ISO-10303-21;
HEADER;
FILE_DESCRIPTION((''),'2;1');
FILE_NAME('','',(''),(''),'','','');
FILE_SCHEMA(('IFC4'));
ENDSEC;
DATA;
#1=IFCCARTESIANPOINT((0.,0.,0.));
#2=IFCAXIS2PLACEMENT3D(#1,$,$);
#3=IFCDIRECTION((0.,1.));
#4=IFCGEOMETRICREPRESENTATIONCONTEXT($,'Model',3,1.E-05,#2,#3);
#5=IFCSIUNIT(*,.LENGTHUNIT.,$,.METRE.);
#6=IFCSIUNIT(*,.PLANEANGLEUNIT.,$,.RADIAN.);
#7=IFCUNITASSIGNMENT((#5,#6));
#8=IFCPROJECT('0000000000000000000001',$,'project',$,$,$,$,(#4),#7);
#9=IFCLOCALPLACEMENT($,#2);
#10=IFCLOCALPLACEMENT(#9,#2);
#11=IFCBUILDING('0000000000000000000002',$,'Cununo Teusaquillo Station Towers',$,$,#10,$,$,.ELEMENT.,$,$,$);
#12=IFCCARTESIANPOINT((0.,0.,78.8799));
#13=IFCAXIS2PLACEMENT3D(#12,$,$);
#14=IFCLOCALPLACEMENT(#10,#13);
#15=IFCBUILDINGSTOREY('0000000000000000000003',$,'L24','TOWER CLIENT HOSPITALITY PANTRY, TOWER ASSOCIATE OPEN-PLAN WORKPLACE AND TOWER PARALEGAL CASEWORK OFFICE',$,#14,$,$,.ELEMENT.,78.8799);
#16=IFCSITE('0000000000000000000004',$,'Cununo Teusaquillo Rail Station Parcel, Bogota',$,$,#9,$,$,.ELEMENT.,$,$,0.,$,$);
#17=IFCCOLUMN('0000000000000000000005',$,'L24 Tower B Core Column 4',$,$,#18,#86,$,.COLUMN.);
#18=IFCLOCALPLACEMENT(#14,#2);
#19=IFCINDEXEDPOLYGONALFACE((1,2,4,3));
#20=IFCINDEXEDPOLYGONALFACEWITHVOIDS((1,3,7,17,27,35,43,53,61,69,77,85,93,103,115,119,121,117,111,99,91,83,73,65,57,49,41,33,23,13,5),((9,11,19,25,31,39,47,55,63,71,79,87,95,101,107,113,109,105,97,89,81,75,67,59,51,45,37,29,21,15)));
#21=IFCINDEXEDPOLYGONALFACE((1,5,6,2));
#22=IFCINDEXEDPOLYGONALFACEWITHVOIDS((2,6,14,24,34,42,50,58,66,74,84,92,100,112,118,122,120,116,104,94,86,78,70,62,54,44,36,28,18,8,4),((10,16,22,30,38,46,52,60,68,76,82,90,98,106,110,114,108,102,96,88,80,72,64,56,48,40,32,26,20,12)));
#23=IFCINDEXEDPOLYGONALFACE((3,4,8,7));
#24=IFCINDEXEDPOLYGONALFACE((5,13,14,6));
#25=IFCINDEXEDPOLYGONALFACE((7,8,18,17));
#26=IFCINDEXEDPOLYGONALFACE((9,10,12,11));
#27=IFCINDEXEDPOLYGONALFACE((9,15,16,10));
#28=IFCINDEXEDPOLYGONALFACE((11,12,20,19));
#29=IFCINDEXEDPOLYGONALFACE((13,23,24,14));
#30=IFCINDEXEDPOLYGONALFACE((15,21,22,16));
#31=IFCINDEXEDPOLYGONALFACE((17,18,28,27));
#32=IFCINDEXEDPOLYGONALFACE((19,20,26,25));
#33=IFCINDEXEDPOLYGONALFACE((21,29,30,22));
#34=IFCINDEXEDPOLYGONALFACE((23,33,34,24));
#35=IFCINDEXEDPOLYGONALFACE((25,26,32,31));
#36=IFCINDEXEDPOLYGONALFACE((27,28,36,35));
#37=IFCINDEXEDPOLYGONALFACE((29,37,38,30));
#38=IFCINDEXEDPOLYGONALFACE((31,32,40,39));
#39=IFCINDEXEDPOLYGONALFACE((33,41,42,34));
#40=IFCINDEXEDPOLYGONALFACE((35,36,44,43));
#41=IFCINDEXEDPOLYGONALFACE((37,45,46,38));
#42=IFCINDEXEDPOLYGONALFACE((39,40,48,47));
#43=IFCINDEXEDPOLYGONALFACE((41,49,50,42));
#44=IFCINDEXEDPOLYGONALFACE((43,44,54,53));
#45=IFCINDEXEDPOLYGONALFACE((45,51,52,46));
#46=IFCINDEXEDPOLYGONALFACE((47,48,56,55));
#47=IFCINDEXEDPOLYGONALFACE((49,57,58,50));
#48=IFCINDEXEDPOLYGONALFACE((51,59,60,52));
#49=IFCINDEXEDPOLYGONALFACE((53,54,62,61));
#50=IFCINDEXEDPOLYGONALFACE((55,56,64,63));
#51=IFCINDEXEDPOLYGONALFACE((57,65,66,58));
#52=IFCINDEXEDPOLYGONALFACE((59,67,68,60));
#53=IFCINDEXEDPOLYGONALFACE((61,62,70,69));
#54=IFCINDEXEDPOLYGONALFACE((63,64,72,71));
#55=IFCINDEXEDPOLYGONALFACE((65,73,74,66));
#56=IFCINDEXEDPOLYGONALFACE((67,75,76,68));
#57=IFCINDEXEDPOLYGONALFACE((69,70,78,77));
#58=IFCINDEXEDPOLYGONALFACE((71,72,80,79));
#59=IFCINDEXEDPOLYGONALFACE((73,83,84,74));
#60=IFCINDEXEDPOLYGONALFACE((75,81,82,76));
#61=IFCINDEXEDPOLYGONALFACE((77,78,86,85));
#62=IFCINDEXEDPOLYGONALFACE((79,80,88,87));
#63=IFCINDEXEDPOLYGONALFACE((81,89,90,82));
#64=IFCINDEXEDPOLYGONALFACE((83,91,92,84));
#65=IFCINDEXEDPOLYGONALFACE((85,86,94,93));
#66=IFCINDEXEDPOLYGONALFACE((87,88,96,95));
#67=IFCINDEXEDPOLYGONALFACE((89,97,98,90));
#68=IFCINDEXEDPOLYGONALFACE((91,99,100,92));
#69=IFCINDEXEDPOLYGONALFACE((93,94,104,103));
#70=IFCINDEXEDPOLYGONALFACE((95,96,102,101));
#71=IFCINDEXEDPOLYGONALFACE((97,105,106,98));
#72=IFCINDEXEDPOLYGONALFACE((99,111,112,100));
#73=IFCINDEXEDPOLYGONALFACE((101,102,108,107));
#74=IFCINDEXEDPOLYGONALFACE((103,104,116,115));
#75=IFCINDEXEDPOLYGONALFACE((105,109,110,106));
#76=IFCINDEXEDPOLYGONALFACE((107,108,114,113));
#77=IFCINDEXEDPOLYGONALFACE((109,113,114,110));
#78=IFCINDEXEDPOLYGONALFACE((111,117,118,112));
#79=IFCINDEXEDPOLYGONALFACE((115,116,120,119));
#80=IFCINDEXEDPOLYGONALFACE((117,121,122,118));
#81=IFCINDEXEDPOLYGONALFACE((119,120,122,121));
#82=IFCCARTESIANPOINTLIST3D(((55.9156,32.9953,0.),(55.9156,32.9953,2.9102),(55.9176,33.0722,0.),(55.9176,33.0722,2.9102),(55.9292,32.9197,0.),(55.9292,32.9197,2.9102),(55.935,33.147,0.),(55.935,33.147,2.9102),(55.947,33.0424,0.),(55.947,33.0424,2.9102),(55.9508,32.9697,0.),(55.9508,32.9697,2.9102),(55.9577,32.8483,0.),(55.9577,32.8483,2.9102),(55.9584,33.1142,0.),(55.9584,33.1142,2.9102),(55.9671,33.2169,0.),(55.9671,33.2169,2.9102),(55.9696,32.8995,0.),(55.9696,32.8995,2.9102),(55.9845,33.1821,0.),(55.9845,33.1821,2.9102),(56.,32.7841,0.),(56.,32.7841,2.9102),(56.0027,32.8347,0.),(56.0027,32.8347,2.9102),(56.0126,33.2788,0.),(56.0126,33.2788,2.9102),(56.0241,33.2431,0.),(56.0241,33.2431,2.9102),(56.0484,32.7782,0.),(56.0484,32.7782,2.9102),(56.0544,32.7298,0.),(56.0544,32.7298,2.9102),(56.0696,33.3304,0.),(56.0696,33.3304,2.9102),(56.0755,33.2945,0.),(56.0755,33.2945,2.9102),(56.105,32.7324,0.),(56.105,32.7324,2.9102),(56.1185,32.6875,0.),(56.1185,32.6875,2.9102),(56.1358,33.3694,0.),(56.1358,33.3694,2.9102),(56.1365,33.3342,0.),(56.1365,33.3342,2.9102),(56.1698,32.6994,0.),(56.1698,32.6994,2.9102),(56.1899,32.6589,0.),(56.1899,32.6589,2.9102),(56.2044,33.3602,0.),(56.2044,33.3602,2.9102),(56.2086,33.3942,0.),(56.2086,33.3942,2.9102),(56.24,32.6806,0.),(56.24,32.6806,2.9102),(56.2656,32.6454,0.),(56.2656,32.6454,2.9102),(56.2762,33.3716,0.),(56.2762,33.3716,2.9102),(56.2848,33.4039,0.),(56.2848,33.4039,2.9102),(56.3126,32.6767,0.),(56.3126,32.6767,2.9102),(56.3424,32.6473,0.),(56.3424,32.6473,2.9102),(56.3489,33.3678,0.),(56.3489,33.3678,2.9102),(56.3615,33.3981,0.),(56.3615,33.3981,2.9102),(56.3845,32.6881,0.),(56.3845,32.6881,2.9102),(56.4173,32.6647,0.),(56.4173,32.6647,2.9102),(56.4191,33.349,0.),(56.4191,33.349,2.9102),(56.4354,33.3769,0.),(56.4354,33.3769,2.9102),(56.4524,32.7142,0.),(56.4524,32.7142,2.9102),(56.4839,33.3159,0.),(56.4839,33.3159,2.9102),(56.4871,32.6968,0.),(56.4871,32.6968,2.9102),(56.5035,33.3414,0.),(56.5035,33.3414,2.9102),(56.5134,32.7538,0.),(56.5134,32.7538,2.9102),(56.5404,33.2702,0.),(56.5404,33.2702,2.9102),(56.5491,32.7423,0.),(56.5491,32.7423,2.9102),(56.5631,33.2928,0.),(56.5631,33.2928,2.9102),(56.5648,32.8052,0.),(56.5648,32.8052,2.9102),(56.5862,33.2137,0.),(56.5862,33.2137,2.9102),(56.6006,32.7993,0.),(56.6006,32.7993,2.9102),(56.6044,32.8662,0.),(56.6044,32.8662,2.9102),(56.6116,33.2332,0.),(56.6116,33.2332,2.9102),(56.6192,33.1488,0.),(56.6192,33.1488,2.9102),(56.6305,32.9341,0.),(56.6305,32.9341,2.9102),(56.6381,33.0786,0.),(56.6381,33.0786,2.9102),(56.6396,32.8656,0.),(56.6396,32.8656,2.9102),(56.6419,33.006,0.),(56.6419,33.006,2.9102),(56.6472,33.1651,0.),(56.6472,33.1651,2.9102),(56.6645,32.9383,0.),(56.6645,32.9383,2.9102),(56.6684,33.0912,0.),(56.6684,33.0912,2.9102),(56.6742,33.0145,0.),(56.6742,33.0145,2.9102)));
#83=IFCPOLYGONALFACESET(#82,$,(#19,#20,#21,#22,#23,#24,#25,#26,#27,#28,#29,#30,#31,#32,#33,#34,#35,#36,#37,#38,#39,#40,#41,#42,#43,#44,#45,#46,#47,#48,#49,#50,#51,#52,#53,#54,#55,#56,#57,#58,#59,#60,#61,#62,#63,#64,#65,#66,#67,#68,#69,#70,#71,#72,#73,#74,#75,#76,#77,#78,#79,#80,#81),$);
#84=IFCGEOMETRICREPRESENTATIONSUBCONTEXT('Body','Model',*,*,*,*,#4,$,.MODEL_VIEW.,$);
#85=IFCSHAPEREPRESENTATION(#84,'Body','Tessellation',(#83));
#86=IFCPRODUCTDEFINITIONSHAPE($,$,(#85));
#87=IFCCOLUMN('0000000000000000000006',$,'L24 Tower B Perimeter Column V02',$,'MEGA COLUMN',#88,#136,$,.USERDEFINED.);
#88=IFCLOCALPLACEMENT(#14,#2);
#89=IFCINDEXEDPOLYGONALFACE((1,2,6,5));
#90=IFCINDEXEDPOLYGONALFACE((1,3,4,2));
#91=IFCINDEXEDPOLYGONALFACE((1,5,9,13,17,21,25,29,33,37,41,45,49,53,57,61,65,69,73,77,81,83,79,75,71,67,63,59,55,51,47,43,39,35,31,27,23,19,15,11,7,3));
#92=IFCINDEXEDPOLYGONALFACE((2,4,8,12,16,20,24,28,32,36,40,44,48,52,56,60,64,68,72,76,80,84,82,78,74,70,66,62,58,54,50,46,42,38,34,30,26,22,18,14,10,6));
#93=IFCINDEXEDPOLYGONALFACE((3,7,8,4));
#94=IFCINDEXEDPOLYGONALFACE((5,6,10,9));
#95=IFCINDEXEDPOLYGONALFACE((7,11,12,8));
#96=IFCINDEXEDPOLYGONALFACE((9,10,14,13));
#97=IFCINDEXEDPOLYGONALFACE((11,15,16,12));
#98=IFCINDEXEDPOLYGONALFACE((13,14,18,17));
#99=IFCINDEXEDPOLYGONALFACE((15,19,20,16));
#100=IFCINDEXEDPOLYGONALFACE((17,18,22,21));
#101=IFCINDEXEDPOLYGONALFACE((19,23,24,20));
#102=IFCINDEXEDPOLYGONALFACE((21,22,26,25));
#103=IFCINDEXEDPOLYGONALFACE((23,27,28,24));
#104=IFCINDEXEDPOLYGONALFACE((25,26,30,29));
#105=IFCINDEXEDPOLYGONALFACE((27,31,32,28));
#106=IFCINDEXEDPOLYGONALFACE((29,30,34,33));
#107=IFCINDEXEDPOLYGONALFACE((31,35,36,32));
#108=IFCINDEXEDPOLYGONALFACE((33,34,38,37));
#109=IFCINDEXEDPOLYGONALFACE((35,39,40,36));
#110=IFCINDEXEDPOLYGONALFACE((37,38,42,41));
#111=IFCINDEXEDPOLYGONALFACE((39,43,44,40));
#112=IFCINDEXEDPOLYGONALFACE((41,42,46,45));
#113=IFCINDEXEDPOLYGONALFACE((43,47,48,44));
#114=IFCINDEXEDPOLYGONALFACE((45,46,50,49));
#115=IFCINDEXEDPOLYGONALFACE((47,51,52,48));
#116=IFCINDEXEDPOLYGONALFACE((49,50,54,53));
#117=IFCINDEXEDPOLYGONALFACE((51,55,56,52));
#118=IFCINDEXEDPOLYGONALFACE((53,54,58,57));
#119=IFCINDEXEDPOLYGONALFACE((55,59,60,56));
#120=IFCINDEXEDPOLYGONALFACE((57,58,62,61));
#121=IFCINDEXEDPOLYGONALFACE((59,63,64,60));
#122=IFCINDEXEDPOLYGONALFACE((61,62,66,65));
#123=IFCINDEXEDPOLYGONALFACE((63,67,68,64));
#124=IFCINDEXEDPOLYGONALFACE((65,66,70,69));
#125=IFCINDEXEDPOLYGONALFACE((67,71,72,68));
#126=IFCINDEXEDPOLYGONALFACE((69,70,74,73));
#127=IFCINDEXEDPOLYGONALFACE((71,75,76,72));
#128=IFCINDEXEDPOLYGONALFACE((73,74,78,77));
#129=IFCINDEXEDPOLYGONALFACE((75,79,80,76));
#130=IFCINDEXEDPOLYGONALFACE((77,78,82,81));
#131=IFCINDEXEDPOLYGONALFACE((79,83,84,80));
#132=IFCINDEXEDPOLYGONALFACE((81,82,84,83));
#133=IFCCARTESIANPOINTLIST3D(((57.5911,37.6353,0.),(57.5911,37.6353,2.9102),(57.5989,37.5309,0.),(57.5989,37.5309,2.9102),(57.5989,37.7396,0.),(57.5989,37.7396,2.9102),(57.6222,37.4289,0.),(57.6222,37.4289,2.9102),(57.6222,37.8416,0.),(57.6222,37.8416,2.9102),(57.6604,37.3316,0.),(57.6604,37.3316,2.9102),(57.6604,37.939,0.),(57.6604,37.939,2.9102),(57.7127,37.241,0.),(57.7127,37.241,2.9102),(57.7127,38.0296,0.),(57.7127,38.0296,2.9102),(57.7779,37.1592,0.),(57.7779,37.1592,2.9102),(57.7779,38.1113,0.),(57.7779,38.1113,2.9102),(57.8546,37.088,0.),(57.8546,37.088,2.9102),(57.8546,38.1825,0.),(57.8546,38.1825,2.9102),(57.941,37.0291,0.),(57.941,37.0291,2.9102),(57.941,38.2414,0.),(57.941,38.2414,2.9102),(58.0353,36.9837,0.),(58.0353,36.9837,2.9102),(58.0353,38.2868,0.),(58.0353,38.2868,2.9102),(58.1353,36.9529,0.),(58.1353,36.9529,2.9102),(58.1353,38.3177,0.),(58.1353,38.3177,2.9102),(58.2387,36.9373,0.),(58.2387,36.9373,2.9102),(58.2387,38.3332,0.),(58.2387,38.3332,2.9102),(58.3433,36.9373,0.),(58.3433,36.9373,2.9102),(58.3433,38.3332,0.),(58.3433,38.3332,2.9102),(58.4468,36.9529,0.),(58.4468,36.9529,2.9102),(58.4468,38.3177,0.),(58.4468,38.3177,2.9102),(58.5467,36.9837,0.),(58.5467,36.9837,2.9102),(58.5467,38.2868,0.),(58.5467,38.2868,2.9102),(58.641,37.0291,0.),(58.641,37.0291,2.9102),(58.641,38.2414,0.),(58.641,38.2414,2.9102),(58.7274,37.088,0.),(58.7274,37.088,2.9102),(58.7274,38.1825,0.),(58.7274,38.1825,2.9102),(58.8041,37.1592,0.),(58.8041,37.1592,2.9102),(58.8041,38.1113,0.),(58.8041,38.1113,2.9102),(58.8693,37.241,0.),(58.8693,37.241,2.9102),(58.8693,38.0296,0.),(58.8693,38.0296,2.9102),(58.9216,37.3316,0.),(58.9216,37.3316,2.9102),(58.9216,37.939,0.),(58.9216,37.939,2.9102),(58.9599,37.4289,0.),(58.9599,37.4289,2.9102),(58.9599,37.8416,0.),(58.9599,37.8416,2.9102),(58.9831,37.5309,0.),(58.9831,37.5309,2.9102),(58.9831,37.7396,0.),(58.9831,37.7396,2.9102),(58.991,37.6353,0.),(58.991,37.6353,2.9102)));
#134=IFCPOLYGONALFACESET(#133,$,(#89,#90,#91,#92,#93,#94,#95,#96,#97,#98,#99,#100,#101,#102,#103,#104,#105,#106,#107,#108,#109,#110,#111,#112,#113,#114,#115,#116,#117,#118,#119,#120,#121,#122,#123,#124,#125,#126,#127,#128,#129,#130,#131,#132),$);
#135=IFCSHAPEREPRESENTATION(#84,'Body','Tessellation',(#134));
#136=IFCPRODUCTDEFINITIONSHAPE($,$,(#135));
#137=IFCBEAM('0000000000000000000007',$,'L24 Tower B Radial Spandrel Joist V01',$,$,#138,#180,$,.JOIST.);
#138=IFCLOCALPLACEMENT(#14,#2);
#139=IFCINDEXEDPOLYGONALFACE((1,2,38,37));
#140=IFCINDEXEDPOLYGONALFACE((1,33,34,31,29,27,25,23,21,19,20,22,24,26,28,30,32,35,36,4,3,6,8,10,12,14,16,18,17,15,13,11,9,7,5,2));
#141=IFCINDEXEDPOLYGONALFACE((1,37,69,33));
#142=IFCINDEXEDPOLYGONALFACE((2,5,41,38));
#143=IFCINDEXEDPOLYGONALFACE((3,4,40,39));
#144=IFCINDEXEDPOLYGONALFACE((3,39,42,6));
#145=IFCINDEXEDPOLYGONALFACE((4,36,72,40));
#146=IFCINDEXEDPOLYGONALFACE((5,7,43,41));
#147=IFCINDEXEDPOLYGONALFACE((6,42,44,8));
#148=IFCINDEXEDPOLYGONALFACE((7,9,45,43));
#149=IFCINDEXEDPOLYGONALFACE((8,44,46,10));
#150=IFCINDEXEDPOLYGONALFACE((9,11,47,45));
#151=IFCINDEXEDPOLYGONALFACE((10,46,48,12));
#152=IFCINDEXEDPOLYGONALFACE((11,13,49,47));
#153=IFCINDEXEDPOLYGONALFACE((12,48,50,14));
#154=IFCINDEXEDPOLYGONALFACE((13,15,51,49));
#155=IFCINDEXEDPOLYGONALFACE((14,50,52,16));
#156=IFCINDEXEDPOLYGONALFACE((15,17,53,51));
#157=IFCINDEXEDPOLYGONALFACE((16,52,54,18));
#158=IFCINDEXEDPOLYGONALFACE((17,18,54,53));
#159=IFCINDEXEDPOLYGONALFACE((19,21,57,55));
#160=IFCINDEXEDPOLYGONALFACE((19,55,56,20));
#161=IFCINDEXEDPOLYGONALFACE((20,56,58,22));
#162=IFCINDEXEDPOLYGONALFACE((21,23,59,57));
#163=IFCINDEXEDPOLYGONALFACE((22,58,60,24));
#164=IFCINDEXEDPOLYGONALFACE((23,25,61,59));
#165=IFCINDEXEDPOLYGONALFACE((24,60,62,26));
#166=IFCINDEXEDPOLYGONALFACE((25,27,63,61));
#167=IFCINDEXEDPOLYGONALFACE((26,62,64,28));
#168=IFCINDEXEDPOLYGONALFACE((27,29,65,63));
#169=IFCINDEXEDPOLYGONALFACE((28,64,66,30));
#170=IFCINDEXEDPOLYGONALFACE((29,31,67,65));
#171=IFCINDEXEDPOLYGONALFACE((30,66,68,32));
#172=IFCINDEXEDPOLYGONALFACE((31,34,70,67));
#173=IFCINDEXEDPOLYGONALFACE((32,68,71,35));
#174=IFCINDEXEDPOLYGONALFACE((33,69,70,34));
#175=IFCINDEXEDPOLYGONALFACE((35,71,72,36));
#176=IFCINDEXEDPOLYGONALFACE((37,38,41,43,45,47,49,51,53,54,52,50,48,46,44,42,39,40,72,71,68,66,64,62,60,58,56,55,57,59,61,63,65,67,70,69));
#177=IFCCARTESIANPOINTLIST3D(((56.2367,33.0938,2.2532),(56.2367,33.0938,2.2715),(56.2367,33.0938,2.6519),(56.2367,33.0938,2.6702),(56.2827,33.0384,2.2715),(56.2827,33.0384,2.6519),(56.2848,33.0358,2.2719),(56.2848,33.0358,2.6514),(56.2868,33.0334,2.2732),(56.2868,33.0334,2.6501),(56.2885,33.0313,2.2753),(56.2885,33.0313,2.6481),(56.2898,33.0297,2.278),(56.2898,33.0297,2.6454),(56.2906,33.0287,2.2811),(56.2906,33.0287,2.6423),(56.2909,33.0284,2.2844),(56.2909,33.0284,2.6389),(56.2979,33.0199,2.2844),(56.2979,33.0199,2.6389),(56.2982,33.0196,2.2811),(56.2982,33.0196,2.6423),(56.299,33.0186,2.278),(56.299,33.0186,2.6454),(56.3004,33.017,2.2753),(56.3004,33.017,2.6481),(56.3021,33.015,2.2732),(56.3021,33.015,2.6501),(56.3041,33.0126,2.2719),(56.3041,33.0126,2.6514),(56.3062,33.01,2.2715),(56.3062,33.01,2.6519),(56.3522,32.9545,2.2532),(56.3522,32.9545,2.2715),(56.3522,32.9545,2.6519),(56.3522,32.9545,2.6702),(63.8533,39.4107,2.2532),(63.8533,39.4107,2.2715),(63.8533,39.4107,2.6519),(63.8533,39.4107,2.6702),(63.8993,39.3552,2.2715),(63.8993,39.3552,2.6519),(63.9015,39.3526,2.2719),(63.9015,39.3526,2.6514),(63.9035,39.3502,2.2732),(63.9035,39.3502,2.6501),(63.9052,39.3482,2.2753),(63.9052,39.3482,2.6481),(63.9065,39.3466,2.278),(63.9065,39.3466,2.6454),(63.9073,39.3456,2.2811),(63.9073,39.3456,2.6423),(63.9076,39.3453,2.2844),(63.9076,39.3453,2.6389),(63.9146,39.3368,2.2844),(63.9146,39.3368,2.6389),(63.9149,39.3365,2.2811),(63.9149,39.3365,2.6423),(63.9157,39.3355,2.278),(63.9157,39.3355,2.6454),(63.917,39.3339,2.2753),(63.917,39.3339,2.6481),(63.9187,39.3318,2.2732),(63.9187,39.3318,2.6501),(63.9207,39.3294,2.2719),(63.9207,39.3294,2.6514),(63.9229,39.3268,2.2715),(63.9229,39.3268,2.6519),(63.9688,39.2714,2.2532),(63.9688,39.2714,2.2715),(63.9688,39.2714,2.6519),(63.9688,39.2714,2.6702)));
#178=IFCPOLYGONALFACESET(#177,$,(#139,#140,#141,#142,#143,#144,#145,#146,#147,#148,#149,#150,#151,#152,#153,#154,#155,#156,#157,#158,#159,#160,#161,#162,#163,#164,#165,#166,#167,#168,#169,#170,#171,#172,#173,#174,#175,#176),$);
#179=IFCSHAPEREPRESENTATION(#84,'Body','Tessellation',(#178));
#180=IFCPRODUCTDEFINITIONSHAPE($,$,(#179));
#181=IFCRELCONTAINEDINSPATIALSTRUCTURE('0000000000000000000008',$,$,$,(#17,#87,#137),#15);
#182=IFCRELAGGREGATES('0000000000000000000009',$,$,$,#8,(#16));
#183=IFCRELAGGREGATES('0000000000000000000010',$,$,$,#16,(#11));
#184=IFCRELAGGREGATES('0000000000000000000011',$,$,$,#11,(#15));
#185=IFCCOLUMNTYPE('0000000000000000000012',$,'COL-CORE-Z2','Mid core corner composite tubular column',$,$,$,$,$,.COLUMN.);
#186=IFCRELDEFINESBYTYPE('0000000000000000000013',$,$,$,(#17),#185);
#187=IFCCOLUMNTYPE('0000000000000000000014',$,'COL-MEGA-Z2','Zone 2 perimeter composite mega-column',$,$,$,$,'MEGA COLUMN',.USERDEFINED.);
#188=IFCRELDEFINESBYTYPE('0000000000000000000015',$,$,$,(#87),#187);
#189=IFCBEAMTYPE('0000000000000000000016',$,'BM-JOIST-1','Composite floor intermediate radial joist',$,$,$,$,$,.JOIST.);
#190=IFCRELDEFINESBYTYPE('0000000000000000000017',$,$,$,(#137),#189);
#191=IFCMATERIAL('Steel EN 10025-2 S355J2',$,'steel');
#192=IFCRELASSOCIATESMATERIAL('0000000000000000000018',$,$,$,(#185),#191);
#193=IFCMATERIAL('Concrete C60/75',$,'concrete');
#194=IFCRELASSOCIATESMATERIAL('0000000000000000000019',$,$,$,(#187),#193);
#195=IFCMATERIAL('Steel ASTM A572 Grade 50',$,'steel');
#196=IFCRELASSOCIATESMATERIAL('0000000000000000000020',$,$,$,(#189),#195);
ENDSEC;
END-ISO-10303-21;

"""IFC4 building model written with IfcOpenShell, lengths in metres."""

from ifc_helpers import new_model, si_unit, direction, frame, origin, origin_2d, place, context, subcontext, project, spatial, circle, hollow_circle, i_section, extrude, material, material_profile, profile_set, type_object, element, save


model = new_model("IFC4")

# Units and contexts
model_context = context("Model", 3, precision=1e-05, world=origin(), true_north=direction((0.0, 1.0)))
body_context = subcontext(model_context, "Body", "Model", "MODEL_VIEW")
ifc_project = project(units=[si_unit("LENGTHUNIT", "METRE"), si_unit("PLANEANGLEUNIT", "RADIAN")], contexts=[model_context])

# Site, building, storey
site_placement = place(None, origin())
site = spatial("IfcSite", under=ifc_project, at=site_placement, Name="Cununo Teusaquillo Rail Station Parcel, Bogota", CompositionType="ELEMENT", RefElevation=0.0)
building_placement = place(site_placement, origin())
building = spatial("IfcBuilding", under=site, at=building_placement, Name="Cununo Teusaquillo Station Towers", CompositionType="ELEMENT")
storey_placement = place(building_placement, frame((0.0, 0.0, 78.8799)))
storey = spatial("IfcBuildingStorey", under=building, at=storey_placement, Name="L24", Description="TOWER CLIENT HOSPITALITY PANTRY, TOWER ASSOCIATE OPEN-PLAN WORKPLACE AND TOWER PARALEGAL CASEWORK OFFICE", CompositionType="ELEMENT", Elevation=78.8799)

# Columns
ifc_material_1 = material(Name="Steel EN 10025-2 S355J2", Category="steel")
ifc_material_profile_1 = material_profile(ifc_material_1, hollow_circle(Radius=0.3799, WallThickness=0.032, at=origin_2d()), Name="CHS 760x32")
ifc_profile_set_1 = profile_set([ifc_material_profile_1], Name="Steel EN 10025-2 S355J2")
column_type_1 = type_object("IfcColumnType", Name="COL-CORE-Z2", Description="Mid core corner composite tubular column", PredefinedType="COLUMN", material=ifc_profile_set_1)
column_1_placement = place(storey_placement, frame((56.2944, 33.0242, 0.0), z_axis=(0.0, 0.0, 1.0), x_axis=(0.707107, 0.707107, 0.0)))
element("IfcColumn", 1, at=column_1_placement, inside=storey, type_object=column_type_1, Name="L24 Tower B Core Column 4", PredefinedType="COLUMN", context=body_context, shape_type="SweptSolid", body=[
    extrude(hollow_circle(Radius=0.3799, WallThickness=0.032, at=origin_2d()), origin(), (0.0, 0.0, 1.0), 2.9102),
])
ifc_material_2 = material(Name="Concrete C60/75", Category="concrete")
ifc_material_profile_2 = material_profile(ifc_material_2, circle(Radius=0.7, at=origin_2d()), Name="RC-CIRC-1400")
ifc_profile_set_2 = profile_set([ifc_material_profile_2], Name="Concrete C60/75")
column_type_2 = type_object("IfcColumnType", Name="COL-MEGA-Z2", Description="Zone 2 perimeter composite mega-column", ElementType="MEGA COLUMN", PredefinedType="USERDEFINED", material=ifc_profile_set_2)
column_2_placement = place(storey_placement, frame((58.291, 37.6353, 0.0), z_axis=(0.0, 0.0, 1.0), x_axis=(1.0, 0.0, 0.0)))
element("IfcColumn", 2, at=column_2_placement, inside=storey, type_object=column_type_2, Name="L24 Tower B Perimeter Column V02", ObjectType="MEGA COLUMN", PredefinedType="USERDEFINED", context=body_context, shape_type="SweptSolid", body=[
    extrude(circle(Radius=0.7, at=origin_2d()), origin(), (0.0, 0.0, 1.0), 2.9102),
])

# Beam
ifc_material_3 = material(Name="Steel ASTM A572 Grade 50", Category="steel")
ifc_material_profile_3 = material_profile(ifc_material_3, i_section(OverallWidth=0.1809, OverallDepth=0.417, WebThickness=0.011, FlangeThickness=0.0183, FilletRadius=0.0129, at=origin_2d()), Name="W16X57")
ifc_profile_set_3 = profile_set([ifc_material_profile_3], Name="Steel ASTM A572 Grade 50")
beam_type_1 = type_object("IfcBeamType", Name="BM-JOIST-1", Description="Composite floor intermediate radial joist", PredefinedType="JOIST", material=ifc_profile_set_3)
beam_1_placement = place(storey_placement, frame((56.2944, 33.0242, 2.4617), z_axis=(0.769728, 0.638372, 0.0), x_axis=(-0.638372, 0.769728, 0.0)))
element("IfcBeam", 3, at=beam_1_placement, inside=storey, type_object=beam_type_1, Name="L24 Tower B Radial Spandrel Joist V01", PredefinedType="JOIST", context=body_context, shape_type="SweptSolid", body=[
    extrude(i_section(OverallWidth=0.1809, OverallDepth=0.417, WebThickness=0.011, FlangeThickness=0.0183, FilletRadius=0.0129, at=origin_2d()), origin(), (0.0, 0.0, 1.0), 9.8953),
])

save(model, "model.ifc")
